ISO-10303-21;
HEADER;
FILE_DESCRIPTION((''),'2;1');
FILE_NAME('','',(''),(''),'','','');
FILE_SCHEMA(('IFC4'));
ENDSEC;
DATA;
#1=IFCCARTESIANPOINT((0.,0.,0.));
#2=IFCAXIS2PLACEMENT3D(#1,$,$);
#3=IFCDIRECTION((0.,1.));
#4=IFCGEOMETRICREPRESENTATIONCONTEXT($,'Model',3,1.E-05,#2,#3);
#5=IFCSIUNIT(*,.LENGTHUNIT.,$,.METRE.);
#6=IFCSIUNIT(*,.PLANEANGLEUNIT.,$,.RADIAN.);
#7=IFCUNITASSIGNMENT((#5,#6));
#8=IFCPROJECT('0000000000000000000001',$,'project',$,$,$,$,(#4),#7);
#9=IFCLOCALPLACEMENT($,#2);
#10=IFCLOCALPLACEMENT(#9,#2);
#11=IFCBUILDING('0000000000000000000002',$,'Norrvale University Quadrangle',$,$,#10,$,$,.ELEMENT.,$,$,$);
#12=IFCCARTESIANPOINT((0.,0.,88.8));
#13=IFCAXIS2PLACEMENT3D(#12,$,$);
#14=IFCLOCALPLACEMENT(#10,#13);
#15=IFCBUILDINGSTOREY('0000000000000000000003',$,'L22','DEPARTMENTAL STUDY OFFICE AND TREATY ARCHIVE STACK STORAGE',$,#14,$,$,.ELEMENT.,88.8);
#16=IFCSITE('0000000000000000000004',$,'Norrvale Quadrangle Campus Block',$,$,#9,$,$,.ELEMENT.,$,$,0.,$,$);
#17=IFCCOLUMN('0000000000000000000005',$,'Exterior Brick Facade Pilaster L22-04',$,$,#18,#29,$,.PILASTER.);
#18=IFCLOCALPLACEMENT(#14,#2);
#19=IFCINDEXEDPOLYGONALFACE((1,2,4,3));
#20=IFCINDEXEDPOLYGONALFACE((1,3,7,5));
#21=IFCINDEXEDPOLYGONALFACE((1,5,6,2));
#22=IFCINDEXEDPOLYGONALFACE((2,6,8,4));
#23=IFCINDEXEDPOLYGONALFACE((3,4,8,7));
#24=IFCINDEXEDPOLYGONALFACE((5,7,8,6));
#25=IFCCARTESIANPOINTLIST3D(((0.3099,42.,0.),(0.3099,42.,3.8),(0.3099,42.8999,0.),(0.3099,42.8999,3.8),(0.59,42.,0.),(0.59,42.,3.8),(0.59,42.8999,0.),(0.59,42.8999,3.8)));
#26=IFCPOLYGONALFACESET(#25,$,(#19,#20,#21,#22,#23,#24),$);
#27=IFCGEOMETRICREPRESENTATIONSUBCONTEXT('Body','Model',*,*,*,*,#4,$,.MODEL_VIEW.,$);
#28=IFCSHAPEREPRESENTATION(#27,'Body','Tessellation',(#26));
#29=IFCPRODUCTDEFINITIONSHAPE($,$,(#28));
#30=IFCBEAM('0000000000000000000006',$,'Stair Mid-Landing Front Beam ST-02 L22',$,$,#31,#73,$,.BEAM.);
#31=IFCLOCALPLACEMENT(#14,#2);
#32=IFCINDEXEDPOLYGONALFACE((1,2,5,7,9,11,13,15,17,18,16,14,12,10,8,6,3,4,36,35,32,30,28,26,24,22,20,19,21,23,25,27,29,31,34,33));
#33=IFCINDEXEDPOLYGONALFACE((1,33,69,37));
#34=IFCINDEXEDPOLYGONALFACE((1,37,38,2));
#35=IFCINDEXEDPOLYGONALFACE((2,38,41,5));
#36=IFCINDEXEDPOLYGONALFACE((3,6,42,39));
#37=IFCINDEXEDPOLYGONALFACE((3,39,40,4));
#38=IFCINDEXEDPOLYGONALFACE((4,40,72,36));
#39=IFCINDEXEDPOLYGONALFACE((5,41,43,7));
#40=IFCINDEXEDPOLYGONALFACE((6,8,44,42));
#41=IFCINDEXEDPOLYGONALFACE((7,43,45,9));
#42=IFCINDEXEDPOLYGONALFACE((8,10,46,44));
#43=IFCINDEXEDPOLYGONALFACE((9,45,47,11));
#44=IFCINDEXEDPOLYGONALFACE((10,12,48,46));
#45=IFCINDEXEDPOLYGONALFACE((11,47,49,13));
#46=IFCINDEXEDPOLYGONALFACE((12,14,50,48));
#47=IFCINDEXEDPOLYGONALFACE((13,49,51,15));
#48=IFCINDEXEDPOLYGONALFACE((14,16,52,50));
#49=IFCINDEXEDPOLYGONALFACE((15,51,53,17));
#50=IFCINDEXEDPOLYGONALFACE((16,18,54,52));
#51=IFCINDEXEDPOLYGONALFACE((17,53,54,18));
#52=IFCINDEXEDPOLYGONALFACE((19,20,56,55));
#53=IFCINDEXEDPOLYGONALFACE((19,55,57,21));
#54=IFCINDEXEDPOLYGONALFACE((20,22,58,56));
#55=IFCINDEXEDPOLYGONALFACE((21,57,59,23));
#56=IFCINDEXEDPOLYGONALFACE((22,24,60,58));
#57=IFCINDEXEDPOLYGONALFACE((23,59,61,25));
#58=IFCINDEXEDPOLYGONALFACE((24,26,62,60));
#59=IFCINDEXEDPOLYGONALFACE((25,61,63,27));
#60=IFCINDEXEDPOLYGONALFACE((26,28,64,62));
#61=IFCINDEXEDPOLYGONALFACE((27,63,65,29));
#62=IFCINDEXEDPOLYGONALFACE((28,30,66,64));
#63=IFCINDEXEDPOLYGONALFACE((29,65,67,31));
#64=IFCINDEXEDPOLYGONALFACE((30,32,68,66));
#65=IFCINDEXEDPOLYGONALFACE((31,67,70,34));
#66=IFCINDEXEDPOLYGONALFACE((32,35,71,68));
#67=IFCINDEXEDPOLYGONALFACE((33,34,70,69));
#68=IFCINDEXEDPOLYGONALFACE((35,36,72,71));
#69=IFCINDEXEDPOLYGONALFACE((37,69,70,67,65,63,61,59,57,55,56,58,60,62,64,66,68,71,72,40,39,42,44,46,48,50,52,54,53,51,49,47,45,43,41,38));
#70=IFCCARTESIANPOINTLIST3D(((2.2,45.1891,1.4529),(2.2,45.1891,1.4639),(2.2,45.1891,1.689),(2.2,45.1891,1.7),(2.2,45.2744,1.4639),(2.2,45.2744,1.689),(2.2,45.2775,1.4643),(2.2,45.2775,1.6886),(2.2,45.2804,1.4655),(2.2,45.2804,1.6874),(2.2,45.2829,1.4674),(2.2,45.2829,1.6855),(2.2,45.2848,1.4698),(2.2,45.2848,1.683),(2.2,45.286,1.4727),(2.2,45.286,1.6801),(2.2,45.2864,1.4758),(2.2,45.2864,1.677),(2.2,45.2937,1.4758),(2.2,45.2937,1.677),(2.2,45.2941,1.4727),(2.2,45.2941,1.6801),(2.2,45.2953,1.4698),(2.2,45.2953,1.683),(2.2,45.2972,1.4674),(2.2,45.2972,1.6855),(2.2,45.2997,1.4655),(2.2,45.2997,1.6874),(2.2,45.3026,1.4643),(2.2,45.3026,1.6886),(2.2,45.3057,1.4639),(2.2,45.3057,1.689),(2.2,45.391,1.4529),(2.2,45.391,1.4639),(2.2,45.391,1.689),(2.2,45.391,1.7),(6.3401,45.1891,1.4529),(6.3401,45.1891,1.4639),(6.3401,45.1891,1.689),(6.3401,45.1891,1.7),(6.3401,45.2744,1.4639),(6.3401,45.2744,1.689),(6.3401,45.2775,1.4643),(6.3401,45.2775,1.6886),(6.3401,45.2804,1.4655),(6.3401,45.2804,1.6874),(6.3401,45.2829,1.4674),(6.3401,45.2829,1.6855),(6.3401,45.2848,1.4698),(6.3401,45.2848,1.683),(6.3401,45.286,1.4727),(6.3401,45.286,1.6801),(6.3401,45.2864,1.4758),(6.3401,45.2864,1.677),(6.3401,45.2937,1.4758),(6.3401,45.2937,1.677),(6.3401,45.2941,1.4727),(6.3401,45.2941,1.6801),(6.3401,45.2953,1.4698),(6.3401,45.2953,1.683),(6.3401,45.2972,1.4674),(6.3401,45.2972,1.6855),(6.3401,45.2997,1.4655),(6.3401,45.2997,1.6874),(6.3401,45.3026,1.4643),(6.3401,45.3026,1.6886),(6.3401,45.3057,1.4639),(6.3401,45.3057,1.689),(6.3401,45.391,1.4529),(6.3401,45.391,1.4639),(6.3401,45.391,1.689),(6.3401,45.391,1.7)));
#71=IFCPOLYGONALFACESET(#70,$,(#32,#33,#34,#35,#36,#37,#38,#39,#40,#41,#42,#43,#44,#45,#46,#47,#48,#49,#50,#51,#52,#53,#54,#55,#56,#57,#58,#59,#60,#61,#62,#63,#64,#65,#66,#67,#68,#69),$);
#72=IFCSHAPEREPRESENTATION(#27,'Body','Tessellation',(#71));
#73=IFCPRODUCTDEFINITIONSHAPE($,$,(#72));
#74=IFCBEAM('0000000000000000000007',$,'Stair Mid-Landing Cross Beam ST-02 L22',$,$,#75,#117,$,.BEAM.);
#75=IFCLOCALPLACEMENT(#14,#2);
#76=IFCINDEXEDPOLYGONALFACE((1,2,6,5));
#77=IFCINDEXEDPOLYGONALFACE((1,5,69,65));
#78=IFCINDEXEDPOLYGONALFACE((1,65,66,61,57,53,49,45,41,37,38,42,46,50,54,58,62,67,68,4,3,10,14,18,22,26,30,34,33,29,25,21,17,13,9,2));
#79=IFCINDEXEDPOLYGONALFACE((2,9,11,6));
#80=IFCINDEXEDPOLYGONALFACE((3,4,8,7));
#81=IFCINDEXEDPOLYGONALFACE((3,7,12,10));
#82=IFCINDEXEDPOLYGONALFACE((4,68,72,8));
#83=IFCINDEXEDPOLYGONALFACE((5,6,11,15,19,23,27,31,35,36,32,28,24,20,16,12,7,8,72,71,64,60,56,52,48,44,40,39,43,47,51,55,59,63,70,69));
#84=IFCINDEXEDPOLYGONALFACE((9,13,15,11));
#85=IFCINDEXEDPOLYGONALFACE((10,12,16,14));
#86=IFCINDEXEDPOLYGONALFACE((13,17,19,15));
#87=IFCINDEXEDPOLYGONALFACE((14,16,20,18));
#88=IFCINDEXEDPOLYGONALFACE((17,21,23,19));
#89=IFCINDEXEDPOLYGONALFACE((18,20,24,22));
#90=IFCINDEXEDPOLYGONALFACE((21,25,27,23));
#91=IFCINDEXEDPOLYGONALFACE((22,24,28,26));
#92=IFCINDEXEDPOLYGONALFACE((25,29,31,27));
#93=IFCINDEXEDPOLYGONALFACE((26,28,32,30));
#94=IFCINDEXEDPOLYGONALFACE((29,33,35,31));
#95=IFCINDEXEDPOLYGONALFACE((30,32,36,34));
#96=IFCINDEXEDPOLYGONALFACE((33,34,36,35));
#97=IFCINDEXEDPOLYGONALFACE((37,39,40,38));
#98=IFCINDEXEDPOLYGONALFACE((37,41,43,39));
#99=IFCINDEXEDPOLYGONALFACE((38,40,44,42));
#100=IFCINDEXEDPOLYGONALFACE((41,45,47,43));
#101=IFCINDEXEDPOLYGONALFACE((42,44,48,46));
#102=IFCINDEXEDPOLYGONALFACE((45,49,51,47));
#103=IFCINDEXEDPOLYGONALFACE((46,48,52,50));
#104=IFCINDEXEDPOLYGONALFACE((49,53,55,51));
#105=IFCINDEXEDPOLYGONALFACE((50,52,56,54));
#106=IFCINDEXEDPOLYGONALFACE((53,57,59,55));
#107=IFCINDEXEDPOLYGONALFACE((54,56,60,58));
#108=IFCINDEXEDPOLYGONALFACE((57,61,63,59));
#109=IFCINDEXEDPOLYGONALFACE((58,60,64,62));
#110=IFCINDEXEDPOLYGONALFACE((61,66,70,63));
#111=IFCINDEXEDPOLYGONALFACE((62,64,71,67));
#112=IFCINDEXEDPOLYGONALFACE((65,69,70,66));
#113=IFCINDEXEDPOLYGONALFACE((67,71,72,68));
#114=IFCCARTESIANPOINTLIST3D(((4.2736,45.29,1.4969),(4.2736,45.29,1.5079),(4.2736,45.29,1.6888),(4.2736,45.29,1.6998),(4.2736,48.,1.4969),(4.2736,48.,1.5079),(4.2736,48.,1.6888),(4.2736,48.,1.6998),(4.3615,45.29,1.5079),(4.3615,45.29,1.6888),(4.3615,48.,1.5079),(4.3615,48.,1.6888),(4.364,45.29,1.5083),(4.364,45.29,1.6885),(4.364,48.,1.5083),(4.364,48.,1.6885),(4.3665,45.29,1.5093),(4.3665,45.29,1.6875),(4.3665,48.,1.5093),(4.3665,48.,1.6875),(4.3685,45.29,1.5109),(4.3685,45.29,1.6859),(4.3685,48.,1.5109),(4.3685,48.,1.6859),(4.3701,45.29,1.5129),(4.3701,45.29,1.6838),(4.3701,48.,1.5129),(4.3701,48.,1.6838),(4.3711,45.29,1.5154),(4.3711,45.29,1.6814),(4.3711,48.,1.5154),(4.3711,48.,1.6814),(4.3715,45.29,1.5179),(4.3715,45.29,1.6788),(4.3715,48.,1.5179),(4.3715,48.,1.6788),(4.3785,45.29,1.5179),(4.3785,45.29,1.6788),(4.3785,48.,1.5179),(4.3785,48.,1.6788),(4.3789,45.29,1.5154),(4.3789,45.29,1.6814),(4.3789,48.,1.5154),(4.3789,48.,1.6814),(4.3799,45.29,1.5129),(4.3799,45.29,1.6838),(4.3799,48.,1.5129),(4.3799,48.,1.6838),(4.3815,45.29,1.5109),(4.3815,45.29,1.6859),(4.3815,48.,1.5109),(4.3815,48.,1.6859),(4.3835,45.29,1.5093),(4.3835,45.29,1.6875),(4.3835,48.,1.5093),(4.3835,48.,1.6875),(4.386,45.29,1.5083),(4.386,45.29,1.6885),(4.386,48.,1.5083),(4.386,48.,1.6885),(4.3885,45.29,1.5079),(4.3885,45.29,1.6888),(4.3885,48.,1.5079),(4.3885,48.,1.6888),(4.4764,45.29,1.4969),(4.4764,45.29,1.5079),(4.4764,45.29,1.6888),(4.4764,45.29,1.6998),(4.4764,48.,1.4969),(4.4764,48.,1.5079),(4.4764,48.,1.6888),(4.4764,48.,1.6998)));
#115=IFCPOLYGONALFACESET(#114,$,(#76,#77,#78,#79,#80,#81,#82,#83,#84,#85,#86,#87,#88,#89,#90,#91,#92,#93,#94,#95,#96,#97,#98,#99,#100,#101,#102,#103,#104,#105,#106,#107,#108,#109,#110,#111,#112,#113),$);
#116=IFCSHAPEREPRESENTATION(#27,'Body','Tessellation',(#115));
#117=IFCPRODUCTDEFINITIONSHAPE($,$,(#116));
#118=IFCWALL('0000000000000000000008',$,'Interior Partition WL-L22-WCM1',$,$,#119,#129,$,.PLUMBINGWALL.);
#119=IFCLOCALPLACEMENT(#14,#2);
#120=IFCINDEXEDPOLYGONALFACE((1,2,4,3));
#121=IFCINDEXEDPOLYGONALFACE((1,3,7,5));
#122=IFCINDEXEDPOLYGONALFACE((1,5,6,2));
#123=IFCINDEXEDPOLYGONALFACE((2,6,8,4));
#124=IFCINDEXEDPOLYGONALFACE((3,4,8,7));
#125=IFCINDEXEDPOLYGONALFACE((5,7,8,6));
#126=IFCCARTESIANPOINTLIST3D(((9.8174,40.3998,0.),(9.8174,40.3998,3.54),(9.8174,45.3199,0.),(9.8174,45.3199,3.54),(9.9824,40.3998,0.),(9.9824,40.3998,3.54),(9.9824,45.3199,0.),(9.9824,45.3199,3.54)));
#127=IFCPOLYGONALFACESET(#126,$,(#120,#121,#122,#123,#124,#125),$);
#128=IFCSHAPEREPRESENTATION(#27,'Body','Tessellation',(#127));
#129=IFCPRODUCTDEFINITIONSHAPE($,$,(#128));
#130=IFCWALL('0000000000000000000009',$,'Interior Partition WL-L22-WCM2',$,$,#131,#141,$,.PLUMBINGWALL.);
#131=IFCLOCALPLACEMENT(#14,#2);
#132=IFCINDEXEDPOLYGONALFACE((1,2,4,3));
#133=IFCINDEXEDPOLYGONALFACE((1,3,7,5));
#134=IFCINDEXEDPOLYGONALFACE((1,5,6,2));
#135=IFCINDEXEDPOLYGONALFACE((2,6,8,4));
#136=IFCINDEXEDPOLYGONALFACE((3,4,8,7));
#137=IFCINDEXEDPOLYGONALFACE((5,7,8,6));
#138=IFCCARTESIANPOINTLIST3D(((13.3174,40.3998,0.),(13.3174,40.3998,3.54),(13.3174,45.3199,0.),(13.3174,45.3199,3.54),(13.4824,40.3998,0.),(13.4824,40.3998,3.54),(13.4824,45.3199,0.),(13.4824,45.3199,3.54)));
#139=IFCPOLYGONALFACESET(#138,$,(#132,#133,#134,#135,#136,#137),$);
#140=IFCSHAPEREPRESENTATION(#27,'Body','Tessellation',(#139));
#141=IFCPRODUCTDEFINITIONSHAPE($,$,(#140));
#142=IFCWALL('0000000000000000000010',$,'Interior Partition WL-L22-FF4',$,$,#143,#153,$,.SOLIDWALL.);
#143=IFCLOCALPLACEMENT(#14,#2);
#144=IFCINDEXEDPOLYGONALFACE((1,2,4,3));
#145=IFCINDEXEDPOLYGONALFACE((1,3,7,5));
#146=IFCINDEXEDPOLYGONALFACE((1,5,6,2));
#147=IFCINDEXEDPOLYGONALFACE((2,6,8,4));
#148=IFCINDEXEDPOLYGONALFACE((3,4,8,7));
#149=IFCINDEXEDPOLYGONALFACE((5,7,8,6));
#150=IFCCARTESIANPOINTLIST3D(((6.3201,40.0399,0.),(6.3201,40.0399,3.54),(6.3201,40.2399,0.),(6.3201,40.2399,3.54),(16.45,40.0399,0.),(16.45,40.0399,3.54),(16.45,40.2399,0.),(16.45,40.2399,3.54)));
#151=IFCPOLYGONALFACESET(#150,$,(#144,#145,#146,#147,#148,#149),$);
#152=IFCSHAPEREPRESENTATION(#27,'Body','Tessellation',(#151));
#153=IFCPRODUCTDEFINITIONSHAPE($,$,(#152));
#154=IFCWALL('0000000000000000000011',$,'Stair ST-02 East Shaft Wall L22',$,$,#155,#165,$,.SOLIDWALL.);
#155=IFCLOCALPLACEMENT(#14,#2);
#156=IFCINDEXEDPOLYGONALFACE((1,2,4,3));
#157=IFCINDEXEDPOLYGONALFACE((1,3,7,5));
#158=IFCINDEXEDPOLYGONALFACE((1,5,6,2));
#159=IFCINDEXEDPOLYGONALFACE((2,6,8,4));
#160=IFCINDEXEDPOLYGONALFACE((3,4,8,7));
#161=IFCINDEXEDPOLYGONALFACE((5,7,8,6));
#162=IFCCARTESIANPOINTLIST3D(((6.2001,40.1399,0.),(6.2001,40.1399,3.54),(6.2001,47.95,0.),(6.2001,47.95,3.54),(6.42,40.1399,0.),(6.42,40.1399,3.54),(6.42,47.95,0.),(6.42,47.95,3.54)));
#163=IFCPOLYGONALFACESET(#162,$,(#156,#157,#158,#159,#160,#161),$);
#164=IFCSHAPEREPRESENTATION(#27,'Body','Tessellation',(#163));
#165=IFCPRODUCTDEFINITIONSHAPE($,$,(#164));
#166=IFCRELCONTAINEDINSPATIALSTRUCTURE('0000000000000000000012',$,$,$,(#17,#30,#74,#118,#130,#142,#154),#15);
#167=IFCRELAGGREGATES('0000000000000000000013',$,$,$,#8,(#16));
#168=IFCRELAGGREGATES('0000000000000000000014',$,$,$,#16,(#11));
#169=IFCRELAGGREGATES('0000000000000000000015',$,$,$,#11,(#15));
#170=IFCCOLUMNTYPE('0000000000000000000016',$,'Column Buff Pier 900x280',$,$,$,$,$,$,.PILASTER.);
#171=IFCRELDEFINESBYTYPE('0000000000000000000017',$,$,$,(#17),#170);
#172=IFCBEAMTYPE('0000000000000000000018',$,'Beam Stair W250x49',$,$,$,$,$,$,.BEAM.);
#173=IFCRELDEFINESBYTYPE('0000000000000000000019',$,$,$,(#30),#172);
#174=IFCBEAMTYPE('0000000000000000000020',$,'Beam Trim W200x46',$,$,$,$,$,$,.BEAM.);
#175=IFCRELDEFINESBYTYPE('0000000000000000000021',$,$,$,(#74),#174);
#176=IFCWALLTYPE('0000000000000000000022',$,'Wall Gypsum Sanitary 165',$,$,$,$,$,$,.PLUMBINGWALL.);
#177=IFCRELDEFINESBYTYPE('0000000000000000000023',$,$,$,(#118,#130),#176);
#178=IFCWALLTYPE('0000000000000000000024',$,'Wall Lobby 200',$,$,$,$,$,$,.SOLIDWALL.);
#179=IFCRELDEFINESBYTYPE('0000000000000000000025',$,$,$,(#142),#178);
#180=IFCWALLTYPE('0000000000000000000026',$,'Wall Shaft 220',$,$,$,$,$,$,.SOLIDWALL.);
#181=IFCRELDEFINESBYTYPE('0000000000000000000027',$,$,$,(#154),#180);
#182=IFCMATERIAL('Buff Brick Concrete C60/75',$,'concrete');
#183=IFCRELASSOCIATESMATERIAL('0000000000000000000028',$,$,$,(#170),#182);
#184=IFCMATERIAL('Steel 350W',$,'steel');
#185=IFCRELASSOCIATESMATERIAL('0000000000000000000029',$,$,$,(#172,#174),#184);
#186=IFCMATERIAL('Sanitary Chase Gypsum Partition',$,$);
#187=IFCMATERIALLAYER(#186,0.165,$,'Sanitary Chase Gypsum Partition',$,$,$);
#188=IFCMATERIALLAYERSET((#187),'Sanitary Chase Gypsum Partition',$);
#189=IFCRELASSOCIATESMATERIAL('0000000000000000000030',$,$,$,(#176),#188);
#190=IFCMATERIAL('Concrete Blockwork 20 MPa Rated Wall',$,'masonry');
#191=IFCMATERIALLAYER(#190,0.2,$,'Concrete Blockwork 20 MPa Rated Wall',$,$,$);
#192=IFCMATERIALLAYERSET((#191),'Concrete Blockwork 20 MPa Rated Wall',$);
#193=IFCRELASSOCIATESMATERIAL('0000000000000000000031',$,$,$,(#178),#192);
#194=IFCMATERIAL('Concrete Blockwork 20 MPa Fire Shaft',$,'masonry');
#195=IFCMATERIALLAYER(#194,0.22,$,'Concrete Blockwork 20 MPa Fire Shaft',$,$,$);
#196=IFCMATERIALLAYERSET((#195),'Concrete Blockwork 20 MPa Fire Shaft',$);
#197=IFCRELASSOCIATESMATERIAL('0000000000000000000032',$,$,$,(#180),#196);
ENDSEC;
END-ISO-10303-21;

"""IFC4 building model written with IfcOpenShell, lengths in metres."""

from ifc_helpers import new_model, si_unit, direction, frame, frame_2d, origin, origin_2d, place, context, subcontext, project, spatial, rectangle, i_section, extrude, material, layer, layer_set, material_profile, profile_set, type_object, element, save


model = new_model("IFC4")

# Units and contexts
model_context = context("Model", 3, precision=1e-05, world=origin(), true_north=direction((0.0, 1.0)))
body_context = subcontext(model_context, "Body", "Model", "MODEL_VIEW")
ifc_project = project(units=[si_unit("LENGTHUNIT", "METRE"), si_unit("PLANEANGLEUNIT", "RADIAN")], contexts=[model_context])

# Site, building, storey
site_placement = place(None, origin())
site = spatial("IfcSite", under=ifc_project, at=site_placement, Name="Norrvale Quadrangle Campus Block", CompositionType="ELEMENT", RefElevation=0.0)
building_placement = place(site_placement, origin())
building = spatial("IfcBuilding", under=site, at=building_placement, Name="Norrvale University Quadrangle", CompositionType="ELEMENT")
storey_placement = place(building_placement, frame((0.0, 0.0, 88.8)))
storey = spatial("IfcBuildingStorey", under=building, at=storey_placement, Name="L22", Description="DEPARTMENTAL STUDY OFFICE AND TREATY ARCHIVE STACK STORAGE", CompositionType="ELEMENT", Elevation=88.8)

# Column
ifc_material_1 = material(Name="Buff Brick Concrete C60/75", Category="concrete")
ifc_material_profile_1 = material_profile(ifc_material_1, rectangle(XDim=0.8999, YDim=0.28, at=origin_2d()), Name="Buff Brick Concrete C60/75")
ifc_profile_set_1 = profile_set([ifc_material_profile_1], Name="Buff Brick Concrete C60/75")
column_type = type_object("IfcColumnType", Name="Column Buff Pier 900x280", PredefinedType="PILASTER", material=ifc_profile_set_1)
column_placement = place(storey_placement, frame((0.45, 42.45, 0.0), z_axis=(0.0, 0.0, 1.0), x_axis=(0.0, 1.0, 0.0)))
element("IfcColumn", 1, at=column_placement, inside=storey, type_object=column_type, Name="Exterior Brick Facade Pilaster L22-04", PredefinedType="PILASTER", context=body_context, shape_type="SweptSolid", body=[
    extrude(rectangle(XDim=0.8999, YDim=0.28, at=origin_2d()), origin(), (0.0, 0.0, 1.0), 3.8),
])

# Beams
ifc_material_2 = material(Name="Steel 350W", Category="steel")
ifc_material_profile_2 = material_profile(ifc_material_2, i_section(OverallWidth=0.2019, OverallDepth=0.2471, WebThickness=0.0073, FlangeThickness=0.011, FilletRadius=0.012, at=origin_2d()), Name="Steel 350W")
ifc_profile_set_2 = profile_set([ifc_material_profile_2], Name="Steel 350W")
beam_type_1 = type_object("IfcBeamType", Name="Beam Stair W250x49", PredefinedType="BEAM", material=ifc_profile_set_2)
beam_1_placement = place(storey_placement, frame((2.2, 45.29, 1.5764), z_axis=(1.0, 0.0, 0.0), x_axis=(0.0, 1.0, 0.0)))
element("IfcBeam", 2, at=beam_1_placement, inside=storey, type_object=beam_type_1, Name="Stair Mid-Landing Front Beam ST-02 L22", PredefinedType="BEAM", context=body_context, shape_type="SweptSolid", body=[
    extrude(i_section(OverallWidth=0.2019, OverallDepth=0.2471, WebThickness=0.0073, FlangeThickness=0.011, FilletRadius=0.012, at=origin_2d()), origin(), (0.0, 0.0, 1.0), 4.1401),
])
ifc_material_profile_3 = material_profile(ifc_material_2, i_section(OverallWidth=0.2029, OverallDepth=0.2029, WebThickness=0.0071, FlangeThickness=0.011, FilletRadius=0.01, at=origin_2d()), Name="Steel 350W")
ifc_profile_set_3 = profile_set([ifc_material_profile_3], Name="Steel 350W")
beam_type_2 = type_object("IfcBeamType", Name="Beam Trim W200x46", PredefinedType="BEAM", material=ifc_profile_set_3)
beam_2_placement = place(storey_placement, frame((4.375, 45.29, 1.5984), z_axis=(0.0, 1.0, 0.0), x_axis=(-1.0, 0.0, 0.0)))
element("IfcBeam", 3, at=beam_2_placement, inside=storey, type_object=beam_type_2, Name="Stair Mid-Landing Cross Beam ST-02 L22", PredefinedType="BEAM", context=body_context, shape_type="SweptSolid", body=[
    extrude(i_section(OverallWidth=0.2029, OverallDepth=0.2029, WebThickness=0.0071, FlangeThickness=0.011, FilletRadius=0.01, at=origin_2d()), origin(), (0.0, 0.0, 1.0), 2.71),
])

# Shared definitions
ifc_material_3 = material(Name="Sanitary Chase Gypsum Partition")
ifc_layer_1 = layer(ifc_material_3, 0.165, Name="Sanitary Chase Gypsum Partition")
ifc_layer_set_1 = layer_set([ifc_layer_1], Name="Sanitary Chase Gypsum Partition")
wall_type_1 = type_object("IfcWallType", Name="Wall Gypsum Sanitary 165", PredefinedType="PLUMBINGWALL", material=ifc_layer_set_1)

# Walls
for number, where, z_axis, x_axis, name in (
    (4, (9.8999, 40.3999, 0.0), (0.0, 0.0, 1.0), (0.0, 1.0, 0.0), "Interior Partition WL-L22-WCM1"),
    (5, (13.3999, 40.3999, 0.0), (0.0, 0.0, 1.0), (0.0, 1.0, 0.0), "Interior Partition WL-L22-WCM2"),
):
    element("IfcWall", number, at=place(storey_placement, frame(where, z_axis=z_axis, x_axis=x_axis)), inside=storey, type_object=wall_type_1, Name=name, PredefinedType="PLUMBINGWALL", context=body_context, shape_type="SweptSolid", body=[
        extrude(rectangle(XDim=4.9202, YDim=0.165, at=frame_2d((2.46, 0.0))), origin(), (0.0, 0.0, 1.0), 3.54),
    ])
ifc_material_4 = material(Name="Concrete Blockwork 20 MPa Rated Wall", Category="masonry")
ifc_layer_2 = layer(ifc_material_4, 0.2, Name="Concrete Blockwork 20 MPa Rated Wall")
ifc_layer_set_2 = layer_set([ifc_layer_2], Name="Concrete Blockwork 20 MPa Rated Wall")
wall_type_2 = type_object("IfcWallType", Name="Wall Lobby 200", PredefinedType="SOLIDWALL", material=ifc_layer_set_2)
wall_1_placement = place(storey_placement, frame((6.3201, 40.1399, 0.0), z_axis=(0.0, 0.0, 1.0), x_axis=(1.0, 0.0, 0.0)))
element("IfcWall", 6, at=wall_1_placement, inside=storey, type_object=wall_type_2, Name="Interior Partition WL-L22-FF4", PredefinedType="SOLIDWALL", context=body_context, shape_type="SweptSolid", body=[
    extrude(rectangle(XDim=10.1299, YDim=0.2, at=frame_2d((5.0649, 0.0))), origin(), (0.0, 0.0, 1.0), 3.54),
])
ifc_material_5 = material(Name="Concrete Blockwork 20 MPa Fire Shaft", Category="masonry")
ifc_layer_3 = layer(ifc_material_5, 0.22, Name="Concrete Blockwork 20 MPa Fire Shaft")
ifc_layer_set_3 = layer_set([ifc_layer_3], Name="Concrete Blockwork 20 MPa Fire Shaft")
wall_type_3 = type_object("IfcWallType", Name="Wall Shaft 220", PredefinedType="SOLIDWALL", material=ifc_layer_set_3)
wall_2_placement = place(storey_placement, frame((6.3101, 40.1399, 0.0), z_axis=(0.0, 0.0, 1.0), x_axis=(0.0, 1.0, 0.0)))
element("IfcWall", 7, at=wall_2_placement, inside=storey, type_object=wall_type_3, Name="Stair ST-02 East Shaft Wall L22", PredefinedType="SOLIDWALL", context=body_context, shape_type="SweptSolid", body=[
    extrude(rectangle(XDim=7.8101, YDim=0.22, at=frame_2d((3.905, 0.0))), origin(), (0.0, 0.0, 1.0), 3.54),
])

save(model, "model.ifc")
